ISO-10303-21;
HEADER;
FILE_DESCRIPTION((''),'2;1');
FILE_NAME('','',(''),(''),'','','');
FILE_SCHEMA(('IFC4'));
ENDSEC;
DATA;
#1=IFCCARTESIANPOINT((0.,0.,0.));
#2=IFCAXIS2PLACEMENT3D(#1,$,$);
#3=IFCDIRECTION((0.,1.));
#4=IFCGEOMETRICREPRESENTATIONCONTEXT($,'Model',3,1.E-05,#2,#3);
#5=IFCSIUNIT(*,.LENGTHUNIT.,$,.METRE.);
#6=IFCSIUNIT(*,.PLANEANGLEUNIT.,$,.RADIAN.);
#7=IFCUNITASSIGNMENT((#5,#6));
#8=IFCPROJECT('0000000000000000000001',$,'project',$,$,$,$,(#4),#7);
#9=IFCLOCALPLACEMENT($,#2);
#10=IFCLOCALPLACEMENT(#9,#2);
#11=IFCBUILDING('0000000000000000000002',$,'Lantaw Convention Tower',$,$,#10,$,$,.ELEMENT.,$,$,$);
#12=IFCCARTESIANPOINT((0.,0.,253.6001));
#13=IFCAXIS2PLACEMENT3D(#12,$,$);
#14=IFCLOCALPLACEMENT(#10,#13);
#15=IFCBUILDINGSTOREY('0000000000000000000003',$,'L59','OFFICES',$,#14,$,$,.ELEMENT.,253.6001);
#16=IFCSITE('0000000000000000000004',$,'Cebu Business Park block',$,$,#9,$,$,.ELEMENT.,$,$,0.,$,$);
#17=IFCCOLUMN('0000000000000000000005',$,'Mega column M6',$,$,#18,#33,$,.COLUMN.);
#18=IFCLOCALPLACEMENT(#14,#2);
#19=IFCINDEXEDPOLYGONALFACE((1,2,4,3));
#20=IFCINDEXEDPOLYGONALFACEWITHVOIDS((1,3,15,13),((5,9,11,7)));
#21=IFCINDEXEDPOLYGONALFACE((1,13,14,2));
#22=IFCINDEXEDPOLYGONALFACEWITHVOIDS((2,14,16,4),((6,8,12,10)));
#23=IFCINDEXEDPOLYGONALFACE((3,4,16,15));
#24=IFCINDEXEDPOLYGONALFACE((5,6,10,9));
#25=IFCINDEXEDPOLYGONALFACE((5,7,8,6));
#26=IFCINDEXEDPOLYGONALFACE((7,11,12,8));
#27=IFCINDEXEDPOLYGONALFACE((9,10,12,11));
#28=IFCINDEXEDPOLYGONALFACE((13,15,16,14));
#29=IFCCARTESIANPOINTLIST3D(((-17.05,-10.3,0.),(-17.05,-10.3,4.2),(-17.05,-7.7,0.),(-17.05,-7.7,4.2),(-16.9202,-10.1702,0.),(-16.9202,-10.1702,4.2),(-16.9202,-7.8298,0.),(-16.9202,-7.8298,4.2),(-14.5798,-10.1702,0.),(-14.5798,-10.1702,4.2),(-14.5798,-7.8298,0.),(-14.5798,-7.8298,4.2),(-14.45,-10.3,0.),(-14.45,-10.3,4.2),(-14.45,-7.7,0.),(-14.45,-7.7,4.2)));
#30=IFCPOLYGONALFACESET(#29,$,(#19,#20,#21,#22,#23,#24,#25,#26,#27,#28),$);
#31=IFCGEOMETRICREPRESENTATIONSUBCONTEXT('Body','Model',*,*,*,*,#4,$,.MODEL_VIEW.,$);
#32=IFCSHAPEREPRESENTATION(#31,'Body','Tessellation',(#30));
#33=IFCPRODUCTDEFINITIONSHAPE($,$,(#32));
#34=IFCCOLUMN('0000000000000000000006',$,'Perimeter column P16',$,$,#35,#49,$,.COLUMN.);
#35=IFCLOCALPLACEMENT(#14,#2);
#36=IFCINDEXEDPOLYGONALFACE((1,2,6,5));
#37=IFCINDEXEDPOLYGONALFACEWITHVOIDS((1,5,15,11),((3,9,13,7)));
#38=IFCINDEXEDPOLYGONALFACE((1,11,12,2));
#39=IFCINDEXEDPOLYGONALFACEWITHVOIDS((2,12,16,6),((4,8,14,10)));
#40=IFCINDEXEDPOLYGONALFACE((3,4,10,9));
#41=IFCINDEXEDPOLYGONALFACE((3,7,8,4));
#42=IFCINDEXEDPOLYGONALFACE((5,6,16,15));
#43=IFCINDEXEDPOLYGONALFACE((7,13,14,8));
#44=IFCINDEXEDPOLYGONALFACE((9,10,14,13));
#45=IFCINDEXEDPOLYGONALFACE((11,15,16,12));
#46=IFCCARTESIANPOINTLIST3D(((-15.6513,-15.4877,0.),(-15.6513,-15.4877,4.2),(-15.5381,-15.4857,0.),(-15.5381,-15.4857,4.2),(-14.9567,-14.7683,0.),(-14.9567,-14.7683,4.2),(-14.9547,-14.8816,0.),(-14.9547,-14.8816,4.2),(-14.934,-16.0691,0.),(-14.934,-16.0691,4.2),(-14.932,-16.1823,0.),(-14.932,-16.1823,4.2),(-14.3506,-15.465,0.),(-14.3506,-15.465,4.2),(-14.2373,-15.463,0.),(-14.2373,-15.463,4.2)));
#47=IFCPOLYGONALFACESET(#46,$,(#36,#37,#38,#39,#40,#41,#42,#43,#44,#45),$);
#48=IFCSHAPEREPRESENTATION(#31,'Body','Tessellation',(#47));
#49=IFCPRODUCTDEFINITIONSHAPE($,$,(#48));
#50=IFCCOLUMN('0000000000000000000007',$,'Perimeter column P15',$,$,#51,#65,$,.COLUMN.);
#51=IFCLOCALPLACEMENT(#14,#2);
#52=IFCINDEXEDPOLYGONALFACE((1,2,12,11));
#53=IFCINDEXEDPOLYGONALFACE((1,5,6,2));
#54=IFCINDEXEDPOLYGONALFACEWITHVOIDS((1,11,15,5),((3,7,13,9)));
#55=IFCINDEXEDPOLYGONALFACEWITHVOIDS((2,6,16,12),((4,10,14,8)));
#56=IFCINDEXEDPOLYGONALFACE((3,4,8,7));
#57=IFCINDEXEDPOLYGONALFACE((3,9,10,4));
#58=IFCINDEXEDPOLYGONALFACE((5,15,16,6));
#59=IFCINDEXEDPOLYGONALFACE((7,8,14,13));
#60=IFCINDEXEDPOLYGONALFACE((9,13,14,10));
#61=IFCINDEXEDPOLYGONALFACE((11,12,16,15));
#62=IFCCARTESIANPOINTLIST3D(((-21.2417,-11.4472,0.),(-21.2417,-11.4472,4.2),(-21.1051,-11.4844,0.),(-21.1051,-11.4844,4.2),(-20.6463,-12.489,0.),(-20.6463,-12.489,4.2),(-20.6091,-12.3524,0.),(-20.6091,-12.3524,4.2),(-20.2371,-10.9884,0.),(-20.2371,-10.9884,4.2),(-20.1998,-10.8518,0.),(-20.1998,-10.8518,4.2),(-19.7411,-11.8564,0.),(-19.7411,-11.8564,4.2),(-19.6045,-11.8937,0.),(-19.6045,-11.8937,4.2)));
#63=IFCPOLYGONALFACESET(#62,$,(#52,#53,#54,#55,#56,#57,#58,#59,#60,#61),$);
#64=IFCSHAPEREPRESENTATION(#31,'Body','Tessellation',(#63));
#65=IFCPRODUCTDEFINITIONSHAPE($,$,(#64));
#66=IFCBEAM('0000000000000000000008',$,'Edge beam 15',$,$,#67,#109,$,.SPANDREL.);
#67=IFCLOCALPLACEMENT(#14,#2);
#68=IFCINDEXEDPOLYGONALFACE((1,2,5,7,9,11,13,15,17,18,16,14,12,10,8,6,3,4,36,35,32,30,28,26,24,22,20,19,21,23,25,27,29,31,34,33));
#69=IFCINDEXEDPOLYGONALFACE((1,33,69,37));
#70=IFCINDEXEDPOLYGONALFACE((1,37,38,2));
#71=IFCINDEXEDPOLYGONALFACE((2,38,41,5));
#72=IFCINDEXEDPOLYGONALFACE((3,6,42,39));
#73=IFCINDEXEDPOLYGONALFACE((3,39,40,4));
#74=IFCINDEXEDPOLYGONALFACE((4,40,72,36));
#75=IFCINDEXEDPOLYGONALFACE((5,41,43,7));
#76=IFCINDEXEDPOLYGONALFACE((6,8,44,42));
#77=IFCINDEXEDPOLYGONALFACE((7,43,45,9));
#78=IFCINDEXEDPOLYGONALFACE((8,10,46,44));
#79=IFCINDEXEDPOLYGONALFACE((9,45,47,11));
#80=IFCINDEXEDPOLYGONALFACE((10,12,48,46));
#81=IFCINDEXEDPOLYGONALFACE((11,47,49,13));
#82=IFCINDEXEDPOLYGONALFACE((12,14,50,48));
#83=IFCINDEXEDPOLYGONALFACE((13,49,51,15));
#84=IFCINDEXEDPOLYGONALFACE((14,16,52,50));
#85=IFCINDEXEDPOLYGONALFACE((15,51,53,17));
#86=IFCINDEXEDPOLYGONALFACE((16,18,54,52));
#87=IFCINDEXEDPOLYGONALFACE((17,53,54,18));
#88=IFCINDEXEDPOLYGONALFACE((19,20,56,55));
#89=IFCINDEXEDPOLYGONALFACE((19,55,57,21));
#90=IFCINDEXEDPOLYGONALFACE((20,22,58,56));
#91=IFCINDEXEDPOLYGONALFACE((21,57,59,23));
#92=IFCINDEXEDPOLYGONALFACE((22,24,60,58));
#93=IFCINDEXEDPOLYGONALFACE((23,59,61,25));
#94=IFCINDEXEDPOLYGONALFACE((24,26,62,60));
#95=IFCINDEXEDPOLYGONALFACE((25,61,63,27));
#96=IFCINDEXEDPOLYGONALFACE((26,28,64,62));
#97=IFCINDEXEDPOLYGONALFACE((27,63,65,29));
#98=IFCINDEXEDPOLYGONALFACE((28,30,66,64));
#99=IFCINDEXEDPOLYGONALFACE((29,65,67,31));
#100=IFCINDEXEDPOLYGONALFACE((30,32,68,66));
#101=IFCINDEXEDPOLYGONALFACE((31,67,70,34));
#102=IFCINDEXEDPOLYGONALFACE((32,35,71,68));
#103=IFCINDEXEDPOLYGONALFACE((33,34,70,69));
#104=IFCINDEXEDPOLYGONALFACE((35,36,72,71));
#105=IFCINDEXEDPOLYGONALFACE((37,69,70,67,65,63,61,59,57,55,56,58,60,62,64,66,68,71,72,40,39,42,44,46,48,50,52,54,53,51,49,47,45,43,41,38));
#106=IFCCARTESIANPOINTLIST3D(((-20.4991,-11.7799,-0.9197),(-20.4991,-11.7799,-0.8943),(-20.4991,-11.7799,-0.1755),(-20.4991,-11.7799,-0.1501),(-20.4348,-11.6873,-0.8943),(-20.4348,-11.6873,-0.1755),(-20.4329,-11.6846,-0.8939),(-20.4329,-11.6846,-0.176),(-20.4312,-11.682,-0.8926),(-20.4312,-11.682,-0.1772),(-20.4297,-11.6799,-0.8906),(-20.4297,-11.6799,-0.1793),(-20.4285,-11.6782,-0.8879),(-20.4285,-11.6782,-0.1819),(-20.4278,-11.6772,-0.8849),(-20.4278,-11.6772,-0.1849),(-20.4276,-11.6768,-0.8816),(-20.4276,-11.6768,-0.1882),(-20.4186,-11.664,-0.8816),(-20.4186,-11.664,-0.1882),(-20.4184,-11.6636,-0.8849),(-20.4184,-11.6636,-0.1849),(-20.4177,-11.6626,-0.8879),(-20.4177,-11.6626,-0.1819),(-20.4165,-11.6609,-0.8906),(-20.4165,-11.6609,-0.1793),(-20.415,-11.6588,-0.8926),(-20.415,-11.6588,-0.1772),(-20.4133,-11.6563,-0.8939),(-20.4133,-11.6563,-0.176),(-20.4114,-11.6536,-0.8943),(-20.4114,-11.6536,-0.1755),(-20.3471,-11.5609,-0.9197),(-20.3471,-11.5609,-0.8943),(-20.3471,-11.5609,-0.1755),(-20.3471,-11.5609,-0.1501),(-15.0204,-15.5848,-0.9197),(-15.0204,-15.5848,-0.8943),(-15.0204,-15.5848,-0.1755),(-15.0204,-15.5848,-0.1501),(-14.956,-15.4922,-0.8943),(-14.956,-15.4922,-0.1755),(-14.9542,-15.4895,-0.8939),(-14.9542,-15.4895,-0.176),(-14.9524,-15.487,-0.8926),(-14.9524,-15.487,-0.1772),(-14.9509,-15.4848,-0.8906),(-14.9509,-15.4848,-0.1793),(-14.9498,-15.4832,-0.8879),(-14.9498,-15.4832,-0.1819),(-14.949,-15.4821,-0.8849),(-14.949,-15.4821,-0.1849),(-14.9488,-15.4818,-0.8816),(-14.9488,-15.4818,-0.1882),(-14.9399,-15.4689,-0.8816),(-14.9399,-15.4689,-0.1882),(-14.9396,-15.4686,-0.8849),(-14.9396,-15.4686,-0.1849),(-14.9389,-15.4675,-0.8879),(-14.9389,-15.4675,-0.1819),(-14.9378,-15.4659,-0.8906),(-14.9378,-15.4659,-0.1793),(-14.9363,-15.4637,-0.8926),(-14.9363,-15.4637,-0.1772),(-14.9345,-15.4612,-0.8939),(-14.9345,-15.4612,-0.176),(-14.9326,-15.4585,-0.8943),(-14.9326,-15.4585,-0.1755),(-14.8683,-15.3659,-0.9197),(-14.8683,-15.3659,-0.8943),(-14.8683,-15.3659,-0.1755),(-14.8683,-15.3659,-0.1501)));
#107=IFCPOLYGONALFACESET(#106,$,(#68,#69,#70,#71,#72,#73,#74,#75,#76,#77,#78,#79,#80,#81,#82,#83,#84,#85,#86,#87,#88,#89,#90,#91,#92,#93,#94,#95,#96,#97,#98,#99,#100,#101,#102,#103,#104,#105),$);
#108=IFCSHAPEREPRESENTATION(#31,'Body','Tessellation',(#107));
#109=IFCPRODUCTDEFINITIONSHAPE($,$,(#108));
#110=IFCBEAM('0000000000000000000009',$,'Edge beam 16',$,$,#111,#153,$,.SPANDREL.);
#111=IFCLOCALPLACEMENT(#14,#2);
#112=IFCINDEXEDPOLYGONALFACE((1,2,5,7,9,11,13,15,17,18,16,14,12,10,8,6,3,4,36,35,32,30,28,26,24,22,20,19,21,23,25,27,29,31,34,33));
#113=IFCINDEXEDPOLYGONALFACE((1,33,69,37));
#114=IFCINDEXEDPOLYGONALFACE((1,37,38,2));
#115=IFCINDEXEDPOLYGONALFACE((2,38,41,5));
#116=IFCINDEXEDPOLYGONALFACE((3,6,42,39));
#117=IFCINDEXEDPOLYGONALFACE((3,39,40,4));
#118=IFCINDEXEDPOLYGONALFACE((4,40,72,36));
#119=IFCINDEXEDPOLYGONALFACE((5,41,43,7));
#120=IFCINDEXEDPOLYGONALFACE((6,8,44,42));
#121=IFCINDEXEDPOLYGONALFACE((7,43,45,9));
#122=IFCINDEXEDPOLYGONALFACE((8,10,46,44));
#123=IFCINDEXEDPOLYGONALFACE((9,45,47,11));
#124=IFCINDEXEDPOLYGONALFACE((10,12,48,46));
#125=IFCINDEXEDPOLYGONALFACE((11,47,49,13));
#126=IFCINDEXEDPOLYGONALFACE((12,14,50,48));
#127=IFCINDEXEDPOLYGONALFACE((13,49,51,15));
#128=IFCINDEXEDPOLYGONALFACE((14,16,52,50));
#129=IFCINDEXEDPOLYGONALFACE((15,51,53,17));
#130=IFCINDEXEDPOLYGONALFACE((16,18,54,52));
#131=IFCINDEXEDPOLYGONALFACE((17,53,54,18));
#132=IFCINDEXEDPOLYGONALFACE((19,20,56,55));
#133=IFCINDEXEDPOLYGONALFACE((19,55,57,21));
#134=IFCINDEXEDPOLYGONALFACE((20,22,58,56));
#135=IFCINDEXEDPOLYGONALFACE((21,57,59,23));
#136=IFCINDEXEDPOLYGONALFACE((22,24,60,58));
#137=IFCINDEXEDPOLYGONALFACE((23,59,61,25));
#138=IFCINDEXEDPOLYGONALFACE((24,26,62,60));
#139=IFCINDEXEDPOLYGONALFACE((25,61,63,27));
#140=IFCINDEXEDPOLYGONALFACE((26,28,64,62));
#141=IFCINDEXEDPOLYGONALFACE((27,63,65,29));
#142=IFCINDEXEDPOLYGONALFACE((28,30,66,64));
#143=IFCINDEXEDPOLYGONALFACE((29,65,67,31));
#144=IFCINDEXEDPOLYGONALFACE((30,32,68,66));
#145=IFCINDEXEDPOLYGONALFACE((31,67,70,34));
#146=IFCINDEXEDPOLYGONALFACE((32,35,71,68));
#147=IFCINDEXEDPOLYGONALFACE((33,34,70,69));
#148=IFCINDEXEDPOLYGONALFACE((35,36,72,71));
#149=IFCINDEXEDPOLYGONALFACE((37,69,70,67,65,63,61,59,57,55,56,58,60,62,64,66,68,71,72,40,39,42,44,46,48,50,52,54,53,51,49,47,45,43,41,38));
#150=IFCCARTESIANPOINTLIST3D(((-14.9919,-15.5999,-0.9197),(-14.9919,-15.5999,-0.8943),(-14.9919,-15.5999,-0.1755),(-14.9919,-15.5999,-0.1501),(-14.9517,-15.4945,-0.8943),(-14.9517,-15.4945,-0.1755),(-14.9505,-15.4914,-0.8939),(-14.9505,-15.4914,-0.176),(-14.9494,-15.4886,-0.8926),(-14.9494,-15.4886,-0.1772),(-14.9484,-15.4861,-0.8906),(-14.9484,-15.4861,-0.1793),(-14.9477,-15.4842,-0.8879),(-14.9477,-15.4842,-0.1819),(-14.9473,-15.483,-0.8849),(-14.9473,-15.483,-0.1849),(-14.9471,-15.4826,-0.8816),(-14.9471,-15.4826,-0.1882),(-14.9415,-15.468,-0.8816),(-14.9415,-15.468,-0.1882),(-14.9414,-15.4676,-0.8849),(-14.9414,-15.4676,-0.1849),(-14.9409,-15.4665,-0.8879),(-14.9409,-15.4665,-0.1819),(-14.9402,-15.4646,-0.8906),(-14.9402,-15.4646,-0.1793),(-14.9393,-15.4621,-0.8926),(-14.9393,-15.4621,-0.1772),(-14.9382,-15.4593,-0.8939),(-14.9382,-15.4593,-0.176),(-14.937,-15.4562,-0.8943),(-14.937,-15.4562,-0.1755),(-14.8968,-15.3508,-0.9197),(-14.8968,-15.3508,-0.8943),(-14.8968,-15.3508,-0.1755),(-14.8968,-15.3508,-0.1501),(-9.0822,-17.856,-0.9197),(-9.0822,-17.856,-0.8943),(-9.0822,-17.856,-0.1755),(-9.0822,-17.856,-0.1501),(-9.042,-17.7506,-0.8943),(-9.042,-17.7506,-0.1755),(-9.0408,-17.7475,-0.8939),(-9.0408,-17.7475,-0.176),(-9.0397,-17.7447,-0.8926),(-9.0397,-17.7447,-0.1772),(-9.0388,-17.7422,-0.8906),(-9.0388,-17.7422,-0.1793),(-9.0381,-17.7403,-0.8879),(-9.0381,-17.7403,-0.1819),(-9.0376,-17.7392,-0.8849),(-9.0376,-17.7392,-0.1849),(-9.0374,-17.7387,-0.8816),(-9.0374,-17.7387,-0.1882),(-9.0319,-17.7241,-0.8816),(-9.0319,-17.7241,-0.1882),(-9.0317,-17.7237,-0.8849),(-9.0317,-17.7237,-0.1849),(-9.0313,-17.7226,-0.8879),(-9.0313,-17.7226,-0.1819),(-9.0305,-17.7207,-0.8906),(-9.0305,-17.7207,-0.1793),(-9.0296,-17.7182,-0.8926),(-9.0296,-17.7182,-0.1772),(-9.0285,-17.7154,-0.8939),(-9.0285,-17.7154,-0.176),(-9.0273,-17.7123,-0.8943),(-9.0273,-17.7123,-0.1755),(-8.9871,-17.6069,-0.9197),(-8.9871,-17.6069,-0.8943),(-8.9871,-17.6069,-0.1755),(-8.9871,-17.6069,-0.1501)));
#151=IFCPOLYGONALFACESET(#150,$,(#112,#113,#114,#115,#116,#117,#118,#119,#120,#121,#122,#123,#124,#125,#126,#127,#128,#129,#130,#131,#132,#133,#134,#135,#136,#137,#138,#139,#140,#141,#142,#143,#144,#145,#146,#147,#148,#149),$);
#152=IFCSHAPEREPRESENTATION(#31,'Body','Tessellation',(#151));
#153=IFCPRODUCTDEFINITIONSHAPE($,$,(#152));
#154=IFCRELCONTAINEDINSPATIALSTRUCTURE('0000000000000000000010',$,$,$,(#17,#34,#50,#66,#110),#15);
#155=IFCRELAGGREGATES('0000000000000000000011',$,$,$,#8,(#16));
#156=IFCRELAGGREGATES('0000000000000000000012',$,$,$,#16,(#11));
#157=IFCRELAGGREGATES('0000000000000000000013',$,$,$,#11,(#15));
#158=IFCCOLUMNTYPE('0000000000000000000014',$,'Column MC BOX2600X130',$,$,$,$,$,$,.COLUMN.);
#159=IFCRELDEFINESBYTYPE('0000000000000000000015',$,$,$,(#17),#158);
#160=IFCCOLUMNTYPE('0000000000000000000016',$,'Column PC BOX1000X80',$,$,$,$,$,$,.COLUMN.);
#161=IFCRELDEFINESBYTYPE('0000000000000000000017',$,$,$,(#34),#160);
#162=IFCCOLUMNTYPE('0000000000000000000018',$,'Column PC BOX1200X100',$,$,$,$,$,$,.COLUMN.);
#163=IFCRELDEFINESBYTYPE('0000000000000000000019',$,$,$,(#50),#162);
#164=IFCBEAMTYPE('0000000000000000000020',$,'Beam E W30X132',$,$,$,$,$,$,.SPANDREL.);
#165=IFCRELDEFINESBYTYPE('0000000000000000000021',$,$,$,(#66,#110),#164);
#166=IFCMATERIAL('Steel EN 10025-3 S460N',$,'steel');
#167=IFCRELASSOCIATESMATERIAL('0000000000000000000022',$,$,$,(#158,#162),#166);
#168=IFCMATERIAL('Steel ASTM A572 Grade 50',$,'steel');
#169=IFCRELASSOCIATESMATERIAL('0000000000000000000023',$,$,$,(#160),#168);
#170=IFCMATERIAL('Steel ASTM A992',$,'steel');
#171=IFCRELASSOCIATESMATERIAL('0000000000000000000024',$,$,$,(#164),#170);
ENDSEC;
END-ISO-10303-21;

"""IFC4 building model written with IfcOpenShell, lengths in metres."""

from ifc_helpers import new_model, si_unit, direction, frame, origin, origin_2d, place, context, subcontext, project, spatial, rectangle, hollow_rectangle, i_section, extrude, material, material_profile, profile_set, type_object, element, save


model = new_model("IFC4")

# Units and contexts
model_context = context("Model", 3, precision=1e-05, world=origin(), true_north=direction((0.0, 1.0)))
body_context = subcontext(model_context, "Body", "Model", "MODEL_VIEW")
ifc_project = project(units=[si_unit("LENGTHUNIT", "METRE"), si_unit("PLANEANGLEUNIT", "RADIAN")], contexts=[model_context])

# Site, building, storey
site_placement = place(None, origin())
site = spatial("IfcSite", under=ifc_project, at=site_placement, Name="Cebu Business Park block", CompositionType="ELEMENT", RefElevation=0.0)
building_placement = place(site_placement, origin())
building = spatial("IfcBuilding", under=site, at=building_placement, Name="Lantaw Convention Tower", CompositionType="ELEMENT")
storey_placement = place(building_placement, frame((0.0, 0.0, 253.6001)))
storey = spatial("IfcBuildingStorey", under=building, at=storey_placement, Name="L59", Description="OFFICES", CompositionType="ELEMENT", Elevation=253.6001)

# Columns
ifc_material_1 = material(Name="Steel EN 10025-3 S460N", Category="steel")
ifc_material_profile_1 = material_profile(ifc_material_1, hollow_rectangle(XDim=2.6001, YDim=2.6001, WallThickness=0.1299, at=origin_2d()), Name="BOX2600X130")
ifc_material_2 = material(Name="Concrete C60/75", Category="concrete")
ifc_material_profile_2 = material_profile(ifc_material_2, rectangle(XDim=2.3401, YDim=2.3401, at=origin_2d()), Name="Concrete fill of BOX2600X130")
ifc_profile_set_1 = profile_set([ifc_material_profile_1, ifc_material_profile_2], Name="Steel EN 10025-3 S460N")
column_type_1 = type_object("IfcColumnType", Name="Column MC BOX2600X130", PredefinedType="COLUMN", material=ifc_profile_set_1)
column_1_placement = place(storey_placement, frame((-15.75, -9.0, 0.0), z_axis=(0.0, 0.0, 1.0), x_axis=(1.0, 0.0, 0.0)))
element("IfcColumn", 1, at=column_1_placement, inside=storey, type_object=column_type_1, Name="Mega column M6", PredefinedType="COLUMN", context=body_context, shape_type="SweptSolid", body=[
    extrude(hollow_rectangle(XDim=2.6001, YDim=2.6001, WallThickness=0.1299, at=origin_2d()), origin(), (0.0, 0.0, 1.0), 4.2),
])
ifc_material_3 = material(Name="Steel ASTM A572 Grade 50", Category="steel")
ifc_material_profile_3 = material_profile(ifc_material_3, hollow_rectangle(XDim=1.0, YDim=1.0, WallThickness=0.0801, at=origin_2d()), Name="BOX1000X80")
ifc_material_profile_4 = material_profile(ifc_material_2, rectangle(XDim=0.8401, YDim=0.8401, at=origin_2d()), Name="Concrete fill of BOX1000X80")
ifc_profile_set_2 = profile_set([ifc_material_profile_3, ifc_material_profile_4], Name="Steel ASTM A572 Grade 50")
column_type_2 = type_object("IfcColumnType", Name="Column PC BOX1000X80", PredefinedType="COLUMN", material=ifc_profile_set_2)
column_2_placement = place(storey_placement, frame((-14.9443, -15.4753, 0.0), z_axis=(0.0, 0.0, 1.0), x_axis=(0.694658, 0.71934, 0.0)))
element("IfcColumn", 2, at=column_2_placement, inside=storey, type_object=column_type_2, Name="Perimeter column P16", PredefinedType="COLUMN", context=body_context, shape_type="SweptSolid", body=[
    extrude(hollow_rectangle(XDim=1.0, YDim=1.0, WallThickness=0.0801, at=origin_2d()), origin(), (0.0, 0.0, 1.0), 4.2),
])
ifc_material_profile_5 = material_profile(ifc_material_1, hollow_rectangle(XDim=1.2, YDim=1.2, WallThickness=0.1001, at=origin_2d()), Name="BOX1200X100")
ifc_material_profile_6 = material_profile(ifc_material_2, rectangle(XDim=1.0, YDim=1.0, at=origin_2d()), Name="Concrete fill of BOX1200X100")
ifc_profile_set_3 = profile_set([ifc_material_profile_5, ifc_material_profile_6], Name="Steel EN 10025-3 S460N")
column_type_3 = type_object("IfcColumnType", Name="Column PC BOX1200X100", PredefinedType="COLUMN", material=ifc_profile_set_3)
column_3_placement = place(storey_placement, frame((-20.4231, -11.6704, 0.0), z_axis=(0.0, 0.0, 1.0), x_axis=(0.868243, 0.496139, 0.0)))
element("IfcColumn", 3, at=column_3_placement, inside=storey, type_object=column_type_3, Name="Perimeter column P15", PredefinedType="COLUMN", context=body_context, shape_type="SweptSolid", body=[
    extrude(hollow_rectangle(XDim=1.2, YDim=1.2, WallThickness=0.1001, at=origin_2d()), origin(), (0.0, 0.0, 1.0), 4.2),
])

# Beams
ifc_material_4 = material(Name="Steel ASTM A992", Category="steel")
ifc_material_profile_7 = material_profile(ifc_material_4, i_section(OverallWidth=0.2666, OverallDepth=0.7695, WebThickness=0.0156, FlangeThickness=0.0254, FilletRadius=0.0127, at=origin_2d()), Name="W30X132")
ifc_profile_set_4 = profile_set([ifc_material_profile_7], Name="Steel ASTM A992")
beam_type_1 = type_object("IfcBeamType", Name="Beam E W30X132", PredefinedType="SPANDREL", material=ifc_profile_set_4)
beam_1_placement = place(storey_placement, frame((-20.4231, -11.6704, -0.5349), z_axis=(0.821353, -0.57042, 0.0), x_axis=(0.57042, 0.821353, 0.0)))
element("IfcBeam", 4, at=beam_1_placement, inside=storey, type_object=beam_type_1, Name="Edge beam 15", PredefinedType="SPANDREL", context=body_context, shape_type="SweptSolid", body=[
    extrude(i_section(OverallWidth=0.2666, OverallDepth=0.7695, WebThickness=0.0156, FlangeThickness=0.0254, FilletRadius=0.0127, at=origin_2d()), origin(), (0.0, 0.0, 1.0), 6.6704),
])
beam_2_placement = place(storey_placement, frame((-14.9443, -15.4753, -0.5349), z_axis=(0.934235, -0.356658, 0.0), x_axis=(0.356658, 0.934235, 0.0)))
element("IfcBeam", 5, at=beam_2_placement, inside=storey, type_object=beam_type_1, Name="Edge beam 16", PredefinedType="SPANDREL", context=body_context, shape_type="SweptSolid", body=[
    extrude(i_section(OverallWidth=0.2666, OverallDepth=0.7695, WebThickness=0.0156, FlangeThickness=0.0254, FilletRadius=0.0127, at=origin_2d()), origin(), (0.0, 0.0, 1.0), 6.3257),
])

save(model, "model.ifc")
